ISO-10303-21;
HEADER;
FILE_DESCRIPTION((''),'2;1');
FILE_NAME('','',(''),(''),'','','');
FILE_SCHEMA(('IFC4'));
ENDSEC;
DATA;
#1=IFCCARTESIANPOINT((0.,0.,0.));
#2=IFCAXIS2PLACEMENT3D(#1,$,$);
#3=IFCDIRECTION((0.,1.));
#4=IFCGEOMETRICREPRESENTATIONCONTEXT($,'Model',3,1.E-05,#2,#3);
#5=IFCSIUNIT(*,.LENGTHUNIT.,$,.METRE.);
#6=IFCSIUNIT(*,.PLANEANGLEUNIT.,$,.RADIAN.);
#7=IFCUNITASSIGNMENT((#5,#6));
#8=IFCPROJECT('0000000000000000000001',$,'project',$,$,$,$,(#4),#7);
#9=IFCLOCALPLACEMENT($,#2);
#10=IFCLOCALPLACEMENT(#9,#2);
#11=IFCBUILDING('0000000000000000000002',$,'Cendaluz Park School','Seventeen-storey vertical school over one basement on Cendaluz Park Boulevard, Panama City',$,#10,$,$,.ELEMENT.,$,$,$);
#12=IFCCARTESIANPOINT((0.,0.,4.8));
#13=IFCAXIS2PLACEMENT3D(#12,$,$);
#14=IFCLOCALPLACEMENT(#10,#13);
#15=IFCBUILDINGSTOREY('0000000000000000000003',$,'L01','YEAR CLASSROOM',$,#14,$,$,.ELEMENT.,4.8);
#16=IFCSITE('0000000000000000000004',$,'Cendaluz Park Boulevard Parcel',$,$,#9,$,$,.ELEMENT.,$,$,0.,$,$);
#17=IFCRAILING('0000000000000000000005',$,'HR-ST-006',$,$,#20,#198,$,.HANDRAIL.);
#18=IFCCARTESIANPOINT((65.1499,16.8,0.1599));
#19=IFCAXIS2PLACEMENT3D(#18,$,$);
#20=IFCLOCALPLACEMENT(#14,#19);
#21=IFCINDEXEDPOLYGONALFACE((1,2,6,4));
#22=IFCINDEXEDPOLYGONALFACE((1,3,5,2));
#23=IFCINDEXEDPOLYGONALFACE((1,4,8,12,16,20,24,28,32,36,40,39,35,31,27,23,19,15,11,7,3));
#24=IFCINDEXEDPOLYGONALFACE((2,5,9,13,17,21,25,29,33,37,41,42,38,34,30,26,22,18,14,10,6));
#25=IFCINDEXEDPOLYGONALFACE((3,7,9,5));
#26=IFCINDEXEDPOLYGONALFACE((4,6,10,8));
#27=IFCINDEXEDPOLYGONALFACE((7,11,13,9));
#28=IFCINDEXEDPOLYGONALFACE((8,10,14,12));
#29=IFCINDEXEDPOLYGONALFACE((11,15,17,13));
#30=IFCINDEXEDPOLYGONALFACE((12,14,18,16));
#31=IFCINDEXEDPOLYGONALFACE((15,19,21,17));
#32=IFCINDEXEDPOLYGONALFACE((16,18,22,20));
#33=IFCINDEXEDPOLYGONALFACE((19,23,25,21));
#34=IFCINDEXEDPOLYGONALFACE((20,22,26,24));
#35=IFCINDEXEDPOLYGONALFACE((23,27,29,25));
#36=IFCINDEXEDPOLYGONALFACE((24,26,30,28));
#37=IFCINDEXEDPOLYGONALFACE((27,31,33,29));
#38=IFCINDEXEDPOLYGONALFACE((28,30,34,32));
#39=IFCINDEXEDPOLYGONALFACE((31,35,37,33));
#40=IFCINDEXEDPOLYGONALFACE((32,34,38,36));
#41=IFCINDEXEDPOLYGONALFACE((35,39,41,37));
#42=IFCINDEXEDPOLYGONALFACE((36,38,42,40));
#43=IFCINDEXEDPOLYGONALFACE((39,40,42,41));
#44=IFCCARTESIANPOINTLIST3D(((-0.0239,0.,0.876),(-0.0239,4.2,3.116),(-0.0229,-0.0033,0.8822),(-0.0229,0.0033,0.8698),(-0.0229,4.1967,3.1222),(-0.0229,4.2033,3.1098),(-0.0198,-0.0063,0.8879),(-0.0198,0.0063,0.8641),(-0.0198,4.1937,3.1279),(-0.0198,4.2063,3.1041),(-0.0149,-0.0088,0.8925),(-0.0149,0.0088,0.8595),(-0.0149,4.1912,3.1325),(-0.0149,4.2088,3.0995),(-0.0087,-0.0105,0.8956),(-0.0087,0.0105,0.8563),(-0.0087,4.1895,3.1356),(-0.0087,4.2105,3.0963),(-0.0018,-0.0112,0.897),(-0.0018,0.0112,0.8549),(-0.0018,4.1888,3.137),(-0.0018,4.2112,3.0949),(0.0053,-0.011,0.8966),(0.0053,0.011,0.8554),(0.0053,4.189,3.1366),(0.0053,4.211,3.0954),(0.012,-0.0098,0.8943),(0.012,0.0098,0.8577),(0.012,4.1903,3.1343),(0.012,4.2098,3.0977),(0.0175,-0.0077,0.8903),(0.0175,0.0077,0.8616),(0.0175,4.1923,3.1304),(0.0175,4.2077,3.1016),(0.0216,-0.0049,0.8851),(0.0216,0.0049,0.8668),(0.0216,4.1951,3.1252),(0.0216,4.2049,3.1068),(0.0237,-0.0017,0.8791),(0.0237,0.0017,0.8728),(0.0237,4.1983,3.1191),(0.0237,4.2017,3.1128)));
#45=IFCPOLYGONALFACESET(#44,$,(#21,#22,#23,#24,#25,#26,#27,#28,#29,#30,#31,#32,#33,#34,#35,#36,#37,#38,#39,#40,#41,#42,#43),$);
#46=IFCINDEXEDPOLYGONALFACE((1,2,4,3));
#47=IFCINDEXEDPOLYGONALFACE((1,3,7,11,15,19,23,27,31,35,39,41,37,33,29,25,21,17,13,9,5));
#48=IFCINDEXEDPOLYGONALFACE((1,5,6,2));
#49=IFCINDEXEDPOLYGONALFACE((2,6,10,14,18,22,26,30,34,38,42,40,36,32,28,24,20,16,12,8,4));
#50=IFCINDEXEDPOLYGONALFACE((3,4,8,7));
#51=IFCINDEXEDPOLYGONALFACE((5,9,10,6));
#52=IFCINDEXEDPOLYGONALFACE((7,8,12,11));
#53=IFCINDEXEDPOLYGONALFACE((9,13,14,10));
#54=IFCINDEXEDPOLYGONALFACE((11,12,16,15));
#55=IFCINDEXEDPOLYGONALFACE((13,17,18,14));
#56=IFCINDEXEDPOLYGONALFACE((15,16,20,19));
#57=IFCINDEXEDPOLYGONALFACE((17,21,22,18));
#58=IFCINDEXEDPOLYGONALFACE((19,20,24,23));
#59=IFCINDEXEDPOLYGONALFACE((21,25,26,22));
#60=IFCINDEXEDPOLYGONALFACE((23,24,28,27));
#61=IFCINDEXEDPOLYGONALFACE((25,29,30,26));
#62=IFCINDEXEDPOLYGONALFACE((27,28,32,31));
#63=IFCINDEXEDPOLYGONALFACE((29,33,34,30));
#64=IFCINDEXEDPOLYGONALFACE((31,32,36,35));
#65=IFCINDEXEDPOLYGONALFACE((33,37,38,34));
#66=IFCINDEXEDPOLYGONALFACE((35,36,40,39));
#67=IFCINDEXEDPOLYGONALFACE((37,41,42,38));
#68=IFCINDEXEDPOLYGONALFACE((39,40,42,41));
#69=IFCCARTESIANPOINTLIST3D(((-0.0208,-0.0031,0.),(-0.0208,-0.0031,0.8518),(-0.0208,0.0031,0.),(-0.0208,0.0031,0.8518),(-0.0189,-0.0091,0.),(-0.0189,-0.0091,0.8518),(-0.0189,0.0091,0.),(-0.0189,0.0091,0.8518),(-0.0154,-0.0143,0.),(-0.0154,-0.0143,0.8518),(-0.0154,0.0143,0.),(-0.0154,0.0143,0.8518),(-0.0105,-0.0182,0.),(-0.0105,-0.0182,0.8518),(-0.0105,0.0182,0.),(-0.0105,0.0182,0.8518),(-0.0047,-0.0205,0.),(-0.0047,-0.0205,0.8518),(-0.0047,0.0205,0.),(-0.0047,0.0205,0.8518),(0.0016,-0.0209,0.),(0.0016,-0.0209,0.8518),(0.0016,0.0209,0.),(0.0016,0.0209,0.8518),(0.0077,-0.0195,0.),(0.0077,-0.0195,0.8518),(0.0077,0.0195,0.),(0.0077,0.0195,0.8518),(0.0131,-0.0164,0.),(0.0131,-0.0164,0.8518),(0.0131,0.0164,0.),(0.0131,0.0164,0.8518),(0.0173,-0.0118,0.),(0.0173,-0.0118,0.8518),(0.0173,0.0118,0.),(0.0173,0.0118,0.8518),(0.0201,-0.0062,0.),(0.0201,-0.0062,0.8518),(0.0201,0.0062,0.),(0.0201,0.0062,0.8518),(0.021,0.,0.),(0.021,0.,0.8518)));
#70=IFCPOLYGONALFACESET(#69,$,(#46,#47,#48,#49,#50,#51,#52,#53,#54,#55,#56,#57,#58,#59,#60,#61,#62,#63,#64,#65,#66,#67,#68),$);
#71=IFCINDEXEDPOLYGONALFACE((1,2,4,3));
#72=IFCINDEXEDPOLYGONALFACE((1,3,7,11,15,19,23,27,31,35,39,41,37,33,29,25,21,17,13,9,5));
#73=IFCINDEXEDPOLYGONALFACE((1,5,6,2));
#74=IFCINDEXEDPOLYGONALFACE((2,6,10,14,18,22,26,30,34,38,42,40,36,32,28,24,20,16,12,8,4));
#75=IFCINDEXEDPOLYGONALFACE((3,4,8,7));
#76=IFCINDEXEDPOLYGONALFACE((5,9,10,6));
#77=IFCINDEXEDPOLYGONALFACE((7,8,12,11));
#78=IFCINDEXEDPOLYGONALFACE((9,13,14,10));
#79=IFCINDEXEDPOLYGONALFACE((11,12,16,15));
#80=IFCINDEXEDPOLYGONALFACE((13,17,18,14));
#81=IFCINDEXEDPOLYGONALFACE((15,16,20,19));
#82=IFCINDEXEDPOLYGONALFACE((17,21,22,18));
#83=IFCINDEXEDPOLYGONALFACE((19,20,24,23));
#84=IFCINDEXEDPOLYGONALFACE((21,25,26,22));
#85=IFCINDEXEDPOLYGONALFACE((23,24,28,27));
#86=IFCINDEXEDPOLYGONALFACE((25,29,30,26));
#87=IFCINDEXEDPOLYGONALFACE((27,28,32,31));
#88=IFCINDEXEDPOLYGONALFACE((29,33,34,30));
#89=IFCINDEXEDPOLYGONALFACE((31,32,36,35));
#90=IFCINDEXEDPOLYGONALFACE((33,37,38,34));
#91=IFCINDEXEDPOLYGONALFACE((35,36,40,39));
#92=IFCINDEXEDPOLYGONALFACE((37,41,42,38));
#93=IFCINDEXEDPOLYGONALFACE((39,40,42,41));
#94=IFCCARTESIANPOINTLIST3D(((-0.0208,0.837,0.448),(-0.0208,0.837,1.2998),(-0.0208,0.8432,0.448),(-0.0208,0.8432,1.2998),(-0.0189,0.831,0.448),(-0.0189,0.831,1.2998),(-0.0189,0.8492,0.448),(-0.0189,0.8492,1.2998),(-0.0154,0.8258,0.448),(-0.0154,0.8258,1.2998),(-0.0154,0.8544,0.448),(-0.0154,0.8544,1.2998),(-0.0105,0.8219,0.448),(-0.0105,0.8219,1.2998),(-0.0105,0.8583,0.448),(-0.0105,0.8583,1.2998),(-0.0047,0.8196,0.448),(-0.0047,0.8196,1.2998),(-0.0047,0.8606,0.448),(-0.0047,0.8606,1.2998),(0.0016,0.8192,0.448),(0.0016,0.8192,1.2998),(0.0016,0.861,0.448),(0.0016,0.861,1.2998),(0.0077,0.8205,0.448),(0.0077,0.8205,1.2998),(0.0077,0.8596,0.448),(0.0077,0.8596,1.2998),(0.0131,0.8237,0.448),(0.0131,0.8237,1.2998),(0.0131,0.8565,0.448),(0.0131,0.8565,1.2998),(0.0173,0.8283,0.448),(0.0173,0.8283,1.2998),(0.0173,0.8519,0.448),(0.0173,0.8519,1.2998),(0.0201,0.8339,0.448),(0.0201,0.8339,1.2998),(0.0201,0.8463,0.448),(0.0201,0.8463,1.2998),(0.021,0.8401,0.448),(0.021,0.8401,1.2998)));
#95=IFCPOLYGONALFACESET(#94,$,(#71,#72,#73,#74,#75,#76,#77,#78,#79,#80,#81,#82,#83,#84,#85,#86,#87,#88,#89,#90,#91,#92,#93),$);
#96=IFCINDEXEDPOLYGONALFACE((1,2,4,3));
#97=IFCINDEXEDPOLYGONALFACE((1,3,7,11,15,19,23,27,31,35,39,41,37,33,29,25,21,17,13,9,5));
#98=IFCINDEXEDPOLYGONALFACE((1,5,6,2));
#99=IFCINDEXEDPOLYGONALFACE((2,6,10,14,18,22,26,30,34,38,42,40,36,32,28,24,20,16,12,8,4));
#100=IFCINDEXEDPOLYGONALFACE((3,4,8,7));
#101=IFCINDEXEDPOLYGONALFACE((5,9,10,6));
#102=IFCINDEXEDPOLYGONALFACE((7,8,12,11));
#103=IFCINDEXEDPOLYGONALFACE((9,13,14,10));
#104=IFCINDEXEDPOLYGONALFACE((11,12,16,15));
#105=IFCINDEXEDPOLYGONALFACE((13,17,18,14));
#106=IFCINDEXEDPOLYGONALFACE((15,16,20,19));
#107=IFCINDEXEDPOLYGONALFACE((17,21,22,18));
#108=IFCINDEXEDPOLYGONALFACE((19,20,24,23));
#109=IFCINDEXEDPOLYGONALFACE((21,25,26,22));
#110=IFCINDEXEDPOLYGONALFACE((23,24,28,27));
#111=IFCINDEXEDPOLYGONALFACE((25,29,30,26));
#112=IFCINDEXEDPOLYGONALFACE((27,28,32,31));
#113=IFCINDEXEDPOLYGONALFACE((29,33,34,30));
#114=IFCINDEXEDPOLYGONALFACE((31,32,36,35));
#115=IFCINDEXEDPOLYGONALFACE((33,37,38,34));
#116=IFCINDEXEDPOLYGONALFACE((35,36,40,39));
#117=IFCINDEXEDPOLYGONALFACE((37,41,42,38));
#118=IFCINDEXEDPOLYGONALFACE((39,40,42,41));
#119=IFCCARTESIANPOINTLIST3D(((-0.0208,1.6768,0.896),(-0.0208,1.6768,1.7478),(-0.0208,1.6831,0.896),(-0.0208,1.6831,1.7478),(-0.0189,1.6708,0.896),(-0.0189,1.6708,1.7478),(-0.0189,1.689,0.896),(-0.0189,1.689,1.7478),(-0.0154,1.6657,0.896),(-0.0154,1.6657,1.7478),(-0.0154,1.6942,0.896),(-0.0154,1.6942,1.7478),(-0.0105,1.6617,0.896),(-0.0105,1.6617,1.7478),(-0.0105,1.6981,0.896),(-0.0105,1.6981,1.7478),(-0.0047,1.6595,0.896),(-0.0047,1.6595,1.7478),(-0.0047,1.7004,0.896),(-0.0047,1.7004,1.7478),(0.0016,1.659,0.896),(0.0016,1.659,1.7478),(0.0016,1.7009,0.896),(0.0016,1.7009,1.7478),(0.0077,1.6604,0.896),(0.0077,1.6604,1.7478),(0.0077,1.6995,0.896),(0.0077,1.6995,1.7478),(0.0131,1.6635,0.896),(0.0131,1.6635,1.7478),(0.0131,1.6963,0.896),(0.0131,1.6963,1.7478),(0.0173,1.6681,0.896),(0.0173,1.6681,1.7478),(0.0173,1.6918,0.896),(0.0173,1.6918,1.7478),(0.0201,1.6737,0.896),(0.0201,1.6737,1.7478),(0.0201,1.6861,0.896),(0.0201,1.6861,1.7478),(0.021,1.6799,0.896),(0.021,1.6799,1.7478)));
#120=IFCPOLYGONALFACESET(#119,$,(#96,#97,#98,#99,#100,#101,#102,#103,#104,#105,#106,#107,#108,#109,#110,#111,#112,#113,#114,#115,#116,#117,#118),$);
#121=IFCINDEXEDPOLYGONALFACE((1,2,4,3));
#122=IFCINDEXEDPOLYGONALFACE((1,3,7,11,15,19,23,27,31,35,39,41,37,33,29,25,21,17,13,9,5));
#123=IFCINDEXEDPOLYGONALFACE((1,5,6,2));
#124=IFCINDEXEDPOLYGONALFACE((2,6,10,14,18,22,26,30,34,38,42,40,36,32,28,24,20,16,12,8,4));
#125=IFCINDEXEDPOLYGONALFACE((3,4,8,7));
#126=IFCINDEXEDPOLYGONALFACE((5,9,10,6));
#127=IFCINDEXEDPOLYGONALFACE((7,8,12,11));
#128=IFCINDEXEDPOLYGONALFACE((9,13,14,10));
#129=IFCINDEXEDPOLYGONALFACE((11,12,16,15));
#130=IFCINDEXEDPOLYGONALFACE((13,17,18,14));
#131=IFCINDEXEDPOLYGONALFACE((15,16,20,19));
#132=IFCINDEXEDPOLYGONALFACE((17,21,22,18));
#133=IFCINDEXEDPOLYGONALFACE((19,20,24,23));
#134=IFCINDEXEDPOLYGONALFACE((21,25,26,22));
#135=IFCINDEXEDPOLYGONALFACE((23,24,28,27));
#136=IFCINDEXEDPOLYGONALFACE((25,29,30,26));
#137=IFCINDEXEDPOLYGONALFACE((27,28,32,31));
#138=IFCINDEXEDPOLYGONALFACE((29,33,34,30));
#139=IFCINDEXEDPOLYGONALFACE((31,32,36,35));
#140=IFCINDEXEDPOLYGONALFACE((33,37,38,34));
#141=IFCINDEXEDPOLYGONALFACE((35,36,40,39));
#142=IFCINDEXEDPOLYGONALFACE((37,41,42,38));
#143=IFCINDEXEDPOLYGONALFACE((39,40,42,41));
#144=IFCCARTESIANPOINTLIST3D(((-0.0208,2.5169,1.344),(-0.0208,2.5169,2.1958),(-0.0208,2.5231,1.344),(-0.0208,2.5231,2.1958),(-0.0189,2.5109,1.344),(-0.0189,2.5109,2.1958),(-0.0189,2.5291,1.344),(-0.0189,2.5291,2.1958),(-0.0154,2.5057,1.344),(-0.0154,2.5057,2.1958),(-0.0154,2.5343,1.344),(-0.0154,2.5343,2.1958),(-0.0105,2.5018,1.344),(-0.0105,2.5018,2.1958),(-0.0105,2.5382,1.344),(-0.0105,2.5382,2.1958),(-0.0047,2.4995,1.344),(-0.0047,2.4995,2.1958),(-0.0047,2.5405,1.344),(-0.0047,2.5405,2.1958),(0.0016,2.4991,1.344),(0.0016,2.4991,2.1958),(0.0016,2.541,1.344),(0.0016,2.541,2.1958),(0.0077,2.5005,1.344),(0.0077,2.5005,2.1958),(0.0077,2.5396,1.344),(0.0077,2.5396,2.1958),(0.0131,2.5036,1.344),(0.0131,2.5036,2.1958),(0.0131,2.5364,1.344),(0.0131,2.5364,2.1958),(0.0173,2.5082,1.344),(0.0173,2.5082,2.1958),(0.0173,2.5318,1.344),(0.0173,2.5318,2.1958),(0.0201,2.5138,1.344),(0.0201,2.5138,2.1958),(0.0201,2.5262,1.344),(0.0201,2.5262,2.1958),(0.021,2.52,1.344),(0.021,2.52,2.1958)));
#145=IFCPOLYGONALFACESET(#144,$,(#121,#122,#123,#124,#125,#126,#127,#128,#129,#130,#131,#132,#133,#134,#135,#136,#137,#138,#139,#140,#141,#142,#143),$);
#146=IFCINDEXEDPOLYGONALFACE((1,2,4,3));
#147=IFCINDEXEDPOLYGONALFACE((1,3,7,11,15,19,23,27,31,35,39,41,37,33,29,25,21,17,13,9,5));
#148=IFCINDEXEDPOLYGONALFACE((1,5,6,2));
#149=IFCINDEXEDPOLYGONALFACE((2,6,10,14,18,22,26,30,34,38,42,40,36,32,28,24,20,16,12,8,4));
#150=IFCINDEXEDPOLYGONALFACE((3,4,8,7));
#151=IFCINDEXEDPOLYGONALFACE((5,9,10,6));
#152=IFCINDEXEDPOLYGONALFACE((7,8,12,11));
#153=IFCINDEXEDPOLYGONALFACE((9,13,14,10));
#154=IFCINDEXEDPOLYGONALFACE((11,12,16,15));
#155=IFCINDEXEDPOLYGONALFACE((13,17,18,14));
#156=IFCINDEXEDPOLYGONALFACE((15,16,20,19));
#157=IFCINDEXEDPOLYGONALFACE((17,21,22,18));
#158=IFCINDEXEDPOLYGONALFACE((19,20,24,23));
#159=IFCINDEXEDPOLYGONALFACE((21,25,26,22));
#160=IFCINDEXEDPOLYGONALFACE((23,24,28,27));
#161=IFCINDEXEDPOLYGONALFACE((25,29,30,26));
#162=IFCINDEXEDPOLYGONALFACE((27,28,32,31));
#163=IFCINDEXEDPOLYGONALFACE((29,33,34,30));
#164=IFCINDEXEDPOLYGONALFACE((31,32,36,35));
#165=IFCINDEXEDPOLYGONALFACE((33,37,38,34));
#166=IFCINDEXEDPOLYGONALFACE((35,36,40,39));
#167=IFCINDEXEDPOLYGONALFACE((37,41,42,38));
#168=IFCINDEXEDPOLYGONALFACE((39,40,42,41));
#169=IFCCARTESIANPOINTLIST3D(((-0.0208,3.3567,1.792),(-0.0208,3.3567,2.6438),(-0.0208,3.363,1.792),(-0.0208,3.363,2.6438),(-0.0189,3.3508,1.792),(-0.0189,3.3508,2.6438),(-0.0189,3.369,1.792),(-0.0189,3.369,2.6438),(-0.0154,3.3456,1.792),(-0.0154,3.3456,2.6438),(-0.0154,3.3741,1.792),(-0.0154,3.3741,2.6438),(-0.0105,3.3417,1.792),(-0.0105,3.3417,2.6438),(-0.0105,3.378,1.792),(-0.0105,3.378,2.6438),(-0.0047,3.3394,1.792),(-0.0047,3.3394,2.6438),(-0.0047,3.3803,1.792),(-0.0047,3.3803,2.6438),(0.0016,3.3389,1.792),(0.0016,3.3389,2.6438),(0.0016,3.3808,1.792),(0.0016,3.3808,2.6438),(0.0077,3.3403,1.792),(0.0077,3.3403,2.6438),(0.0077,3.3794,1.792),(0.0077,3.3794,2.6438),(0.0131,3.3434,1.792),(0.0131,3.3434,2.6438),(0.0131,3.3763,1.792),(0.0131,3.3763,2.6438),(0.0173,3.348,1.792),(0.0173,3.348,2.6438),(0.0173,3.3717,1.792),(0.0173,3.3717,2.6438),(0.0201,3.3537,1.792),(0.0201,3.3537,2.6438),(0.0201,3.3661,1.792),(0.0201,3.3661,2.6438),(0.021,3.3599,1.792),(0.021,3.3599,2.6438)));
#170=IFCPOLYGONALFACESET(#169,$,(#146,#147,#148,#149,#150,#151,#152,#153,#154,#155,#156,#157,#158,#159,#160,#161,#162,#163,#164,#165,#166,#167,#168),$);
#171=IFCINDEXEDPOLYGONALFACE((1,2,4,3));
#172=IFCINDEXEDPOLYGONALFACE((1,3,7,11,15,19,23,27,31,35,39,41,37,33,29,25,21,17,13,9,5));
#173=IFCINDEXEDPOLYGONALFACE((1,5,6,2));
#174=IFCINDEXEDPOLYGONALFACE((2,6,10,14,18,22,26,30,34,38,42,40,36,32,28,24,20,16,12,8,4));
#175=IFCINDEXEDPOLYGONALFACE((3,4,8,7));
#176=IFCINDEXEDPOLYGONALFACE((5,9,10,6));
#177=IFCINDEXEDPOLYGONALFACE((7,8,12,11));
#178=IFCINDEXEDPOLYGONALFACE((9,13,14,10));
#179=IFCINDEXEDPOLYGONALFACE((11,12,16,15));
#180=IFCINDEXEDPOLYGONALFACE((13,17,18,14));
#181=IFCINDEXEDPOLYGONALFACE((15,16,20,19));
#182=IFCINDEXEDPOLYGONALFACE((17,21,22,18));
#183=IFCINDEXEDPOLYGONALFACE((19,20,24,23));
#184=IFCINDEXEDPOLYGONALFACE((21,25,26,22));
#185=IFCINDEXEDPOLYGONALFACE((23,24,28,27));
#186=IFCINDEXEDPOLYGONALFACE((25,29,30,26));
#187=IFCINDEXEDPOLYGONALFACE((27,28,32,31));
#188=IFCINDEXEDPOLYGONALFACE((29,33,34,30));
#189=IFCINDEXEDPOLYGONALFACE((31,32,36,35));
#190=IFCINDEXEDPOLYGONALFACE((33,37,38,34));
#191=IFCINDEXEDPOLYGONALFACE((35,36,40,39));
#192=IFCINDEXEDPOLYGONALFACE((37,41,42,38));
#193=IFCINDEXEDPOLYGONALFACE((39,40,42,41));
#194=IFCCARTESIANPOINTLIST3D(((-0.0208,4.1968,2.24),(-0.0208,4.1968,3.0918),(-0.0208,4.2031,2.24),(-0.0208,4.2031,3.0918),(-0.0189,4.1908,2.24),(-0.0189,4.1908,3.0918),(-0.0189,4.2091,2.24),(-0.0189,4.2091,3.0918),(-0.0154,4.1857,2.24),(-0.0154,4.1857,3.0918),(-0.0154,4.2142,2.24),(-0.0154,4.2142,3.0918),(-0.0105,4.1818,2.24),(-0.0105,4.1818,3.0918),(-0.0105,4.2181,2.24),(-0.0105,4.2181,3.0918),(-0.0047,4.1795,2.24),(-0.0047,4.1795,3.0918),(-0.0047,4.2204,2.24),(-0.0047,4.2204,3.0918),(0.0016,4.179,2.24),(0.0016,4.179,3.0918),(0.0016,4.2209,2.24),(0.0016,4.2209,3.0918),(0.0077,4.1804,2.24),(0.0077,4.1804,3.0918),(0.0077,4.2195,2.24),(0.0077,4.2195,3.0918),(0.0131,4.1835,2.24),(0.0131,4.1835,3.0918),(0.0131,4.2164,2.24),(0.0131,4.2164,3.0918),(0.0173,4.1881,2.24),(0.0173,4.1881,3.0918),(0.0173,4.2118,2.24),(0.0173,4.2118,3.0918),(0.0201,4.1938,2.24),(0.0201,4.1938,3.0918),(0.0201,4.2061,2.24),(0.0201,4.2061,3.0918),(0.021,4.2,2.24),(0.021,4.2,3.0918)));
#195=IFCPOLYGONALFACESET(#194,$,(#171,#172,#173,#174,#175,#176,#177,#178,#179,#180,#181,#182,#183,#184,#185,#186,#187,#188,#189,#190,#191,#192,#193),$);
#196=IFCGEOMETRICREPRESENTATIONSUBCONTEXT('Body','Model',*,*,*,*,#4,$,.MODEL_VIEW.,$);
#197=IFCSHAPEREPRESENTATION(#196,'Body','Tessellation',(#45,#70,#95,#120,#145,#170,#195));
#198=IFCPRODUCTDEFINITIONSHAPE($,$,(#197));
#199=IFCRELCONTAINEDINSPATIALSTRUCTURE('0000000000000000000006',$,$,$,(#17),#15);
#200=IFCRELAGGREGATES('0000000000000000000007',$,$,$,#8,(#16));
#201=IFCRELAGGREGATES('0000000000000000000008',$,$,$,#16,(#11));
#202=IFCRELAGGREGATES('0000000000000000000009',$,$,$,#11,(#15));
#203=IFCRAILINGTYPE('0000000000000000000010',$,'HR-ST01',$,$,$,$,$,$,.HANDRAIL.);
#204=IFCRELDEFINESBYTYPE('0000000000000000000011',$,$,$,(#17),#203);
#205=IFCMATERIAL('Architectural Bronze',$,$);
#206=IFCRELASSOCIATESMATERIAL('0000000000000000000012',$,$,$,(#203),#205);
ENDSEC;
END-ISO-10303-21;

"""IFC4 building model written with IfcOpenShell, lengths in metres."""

from ifc_helpers import new_model, si_unit, direction, frame, origin, origin_2d, place, context, subcontext, project, spatial, circle, extrude, material, type_object, element, save


model = new_model("IFC4")

# Units and contexts
model_context = context("Model", 3, precision=1e-05, world=origin(), true_north=direction((0.0, 1.0)))
body_context = subcontext(model_context, "Body", "Model", "MODEL_VIEW")
ifc_project = project(units=[si_unit("LENGTHUNIT", "METRE"), si_unit("PLANEANGLEUNIT", "RADIAN")], contexts=[model_context])

# Site, building, storey
site_placement = place(None, origin())
site = spatial("IfcSite", under=ifc_project, at=site_placement, Name="Cendaluz Park Boulevard Parcel", CompositionType="ELEMENT", RefElevation=0.0)
building_placement = place(site_placement, origin())
building = spatial("IfcBuilding", under=site, at=building_placement, Name="Cendaluz Park School", Description="Seventeen-storey vertical school over one basement on Cendaluz Park Boulevard, Panama City", CompositionType="ELEMENT")
storey_placement = place(building_placement, frame((0.0, 0.0, 4.8)))
storey = spatial("IfcBuildingStorey", under=building, at=storey_placement, Name="L01", Description="YEAR CLASSROOM", CompositionType="ELEMENT", Elevation=4.8)

# Railing
ifc_material_1 = material(Name="Architectural Bronze")
railing_type_1 = type_object("IfcRailingType", Name="HR-ST01", PredefinedType="HANDRAIL", material=ifc_material_1)
railing_1_placement = place(storey_placement, frame((65.1499, 16.8, 0.1599)))
element("IfcRailing", 1, at=railing_1_placement, inside=storey, type_object=railing_type_1, Name="HR-ST-006", PredefinedType="HANDRAIL", context=body_context, shape_type="SweptSolid", body=[
    extrude(circle(Radius=0.0239, at=origin_2d()), frame((0.0, 0.0, 0.876), z_axis=(0.0, 0.882352, 0.470591), x_axis=(-1.0, 0.0, 0.0)), (0.0, 0.0, 1.0), 4.76),
    extrude(circle(Radius=0.021, at=origin_2d()), origin(), (0.0, 0.0, 1.0), 0.8518),
    extrude(circle(Radius=0.021, at=origin_2d()), frame((0.0, 0.8401, 0.448)), (0.0, 0.0, 1.0), 0.8518),
    extrude(circle(Radius=0.021, at=origin_2d()), frame((0.0, 1.6799, 0.896)), (0.0, 0.0, 1.0), 0.8518),
    extrude(circle(Radius=0.021, at=origin_2d()), frame((0.0, 2.52, 1.344)), (0.0, 0.0, 1.0), 0.8518),
    extrude(circle(Radius=0.021, at=origin_2d()), frame((0.0, 3.3599, 1.792)), (0.0, 0.0, 1.0), 0.8518),
    extrude(circle(Radius=0.021, at=origin_2d()), frame((0.0, 4.2, 2.24)), (0.0, 0.0, 1.0), 0.8518),
])

save(model, "model.ifc")
